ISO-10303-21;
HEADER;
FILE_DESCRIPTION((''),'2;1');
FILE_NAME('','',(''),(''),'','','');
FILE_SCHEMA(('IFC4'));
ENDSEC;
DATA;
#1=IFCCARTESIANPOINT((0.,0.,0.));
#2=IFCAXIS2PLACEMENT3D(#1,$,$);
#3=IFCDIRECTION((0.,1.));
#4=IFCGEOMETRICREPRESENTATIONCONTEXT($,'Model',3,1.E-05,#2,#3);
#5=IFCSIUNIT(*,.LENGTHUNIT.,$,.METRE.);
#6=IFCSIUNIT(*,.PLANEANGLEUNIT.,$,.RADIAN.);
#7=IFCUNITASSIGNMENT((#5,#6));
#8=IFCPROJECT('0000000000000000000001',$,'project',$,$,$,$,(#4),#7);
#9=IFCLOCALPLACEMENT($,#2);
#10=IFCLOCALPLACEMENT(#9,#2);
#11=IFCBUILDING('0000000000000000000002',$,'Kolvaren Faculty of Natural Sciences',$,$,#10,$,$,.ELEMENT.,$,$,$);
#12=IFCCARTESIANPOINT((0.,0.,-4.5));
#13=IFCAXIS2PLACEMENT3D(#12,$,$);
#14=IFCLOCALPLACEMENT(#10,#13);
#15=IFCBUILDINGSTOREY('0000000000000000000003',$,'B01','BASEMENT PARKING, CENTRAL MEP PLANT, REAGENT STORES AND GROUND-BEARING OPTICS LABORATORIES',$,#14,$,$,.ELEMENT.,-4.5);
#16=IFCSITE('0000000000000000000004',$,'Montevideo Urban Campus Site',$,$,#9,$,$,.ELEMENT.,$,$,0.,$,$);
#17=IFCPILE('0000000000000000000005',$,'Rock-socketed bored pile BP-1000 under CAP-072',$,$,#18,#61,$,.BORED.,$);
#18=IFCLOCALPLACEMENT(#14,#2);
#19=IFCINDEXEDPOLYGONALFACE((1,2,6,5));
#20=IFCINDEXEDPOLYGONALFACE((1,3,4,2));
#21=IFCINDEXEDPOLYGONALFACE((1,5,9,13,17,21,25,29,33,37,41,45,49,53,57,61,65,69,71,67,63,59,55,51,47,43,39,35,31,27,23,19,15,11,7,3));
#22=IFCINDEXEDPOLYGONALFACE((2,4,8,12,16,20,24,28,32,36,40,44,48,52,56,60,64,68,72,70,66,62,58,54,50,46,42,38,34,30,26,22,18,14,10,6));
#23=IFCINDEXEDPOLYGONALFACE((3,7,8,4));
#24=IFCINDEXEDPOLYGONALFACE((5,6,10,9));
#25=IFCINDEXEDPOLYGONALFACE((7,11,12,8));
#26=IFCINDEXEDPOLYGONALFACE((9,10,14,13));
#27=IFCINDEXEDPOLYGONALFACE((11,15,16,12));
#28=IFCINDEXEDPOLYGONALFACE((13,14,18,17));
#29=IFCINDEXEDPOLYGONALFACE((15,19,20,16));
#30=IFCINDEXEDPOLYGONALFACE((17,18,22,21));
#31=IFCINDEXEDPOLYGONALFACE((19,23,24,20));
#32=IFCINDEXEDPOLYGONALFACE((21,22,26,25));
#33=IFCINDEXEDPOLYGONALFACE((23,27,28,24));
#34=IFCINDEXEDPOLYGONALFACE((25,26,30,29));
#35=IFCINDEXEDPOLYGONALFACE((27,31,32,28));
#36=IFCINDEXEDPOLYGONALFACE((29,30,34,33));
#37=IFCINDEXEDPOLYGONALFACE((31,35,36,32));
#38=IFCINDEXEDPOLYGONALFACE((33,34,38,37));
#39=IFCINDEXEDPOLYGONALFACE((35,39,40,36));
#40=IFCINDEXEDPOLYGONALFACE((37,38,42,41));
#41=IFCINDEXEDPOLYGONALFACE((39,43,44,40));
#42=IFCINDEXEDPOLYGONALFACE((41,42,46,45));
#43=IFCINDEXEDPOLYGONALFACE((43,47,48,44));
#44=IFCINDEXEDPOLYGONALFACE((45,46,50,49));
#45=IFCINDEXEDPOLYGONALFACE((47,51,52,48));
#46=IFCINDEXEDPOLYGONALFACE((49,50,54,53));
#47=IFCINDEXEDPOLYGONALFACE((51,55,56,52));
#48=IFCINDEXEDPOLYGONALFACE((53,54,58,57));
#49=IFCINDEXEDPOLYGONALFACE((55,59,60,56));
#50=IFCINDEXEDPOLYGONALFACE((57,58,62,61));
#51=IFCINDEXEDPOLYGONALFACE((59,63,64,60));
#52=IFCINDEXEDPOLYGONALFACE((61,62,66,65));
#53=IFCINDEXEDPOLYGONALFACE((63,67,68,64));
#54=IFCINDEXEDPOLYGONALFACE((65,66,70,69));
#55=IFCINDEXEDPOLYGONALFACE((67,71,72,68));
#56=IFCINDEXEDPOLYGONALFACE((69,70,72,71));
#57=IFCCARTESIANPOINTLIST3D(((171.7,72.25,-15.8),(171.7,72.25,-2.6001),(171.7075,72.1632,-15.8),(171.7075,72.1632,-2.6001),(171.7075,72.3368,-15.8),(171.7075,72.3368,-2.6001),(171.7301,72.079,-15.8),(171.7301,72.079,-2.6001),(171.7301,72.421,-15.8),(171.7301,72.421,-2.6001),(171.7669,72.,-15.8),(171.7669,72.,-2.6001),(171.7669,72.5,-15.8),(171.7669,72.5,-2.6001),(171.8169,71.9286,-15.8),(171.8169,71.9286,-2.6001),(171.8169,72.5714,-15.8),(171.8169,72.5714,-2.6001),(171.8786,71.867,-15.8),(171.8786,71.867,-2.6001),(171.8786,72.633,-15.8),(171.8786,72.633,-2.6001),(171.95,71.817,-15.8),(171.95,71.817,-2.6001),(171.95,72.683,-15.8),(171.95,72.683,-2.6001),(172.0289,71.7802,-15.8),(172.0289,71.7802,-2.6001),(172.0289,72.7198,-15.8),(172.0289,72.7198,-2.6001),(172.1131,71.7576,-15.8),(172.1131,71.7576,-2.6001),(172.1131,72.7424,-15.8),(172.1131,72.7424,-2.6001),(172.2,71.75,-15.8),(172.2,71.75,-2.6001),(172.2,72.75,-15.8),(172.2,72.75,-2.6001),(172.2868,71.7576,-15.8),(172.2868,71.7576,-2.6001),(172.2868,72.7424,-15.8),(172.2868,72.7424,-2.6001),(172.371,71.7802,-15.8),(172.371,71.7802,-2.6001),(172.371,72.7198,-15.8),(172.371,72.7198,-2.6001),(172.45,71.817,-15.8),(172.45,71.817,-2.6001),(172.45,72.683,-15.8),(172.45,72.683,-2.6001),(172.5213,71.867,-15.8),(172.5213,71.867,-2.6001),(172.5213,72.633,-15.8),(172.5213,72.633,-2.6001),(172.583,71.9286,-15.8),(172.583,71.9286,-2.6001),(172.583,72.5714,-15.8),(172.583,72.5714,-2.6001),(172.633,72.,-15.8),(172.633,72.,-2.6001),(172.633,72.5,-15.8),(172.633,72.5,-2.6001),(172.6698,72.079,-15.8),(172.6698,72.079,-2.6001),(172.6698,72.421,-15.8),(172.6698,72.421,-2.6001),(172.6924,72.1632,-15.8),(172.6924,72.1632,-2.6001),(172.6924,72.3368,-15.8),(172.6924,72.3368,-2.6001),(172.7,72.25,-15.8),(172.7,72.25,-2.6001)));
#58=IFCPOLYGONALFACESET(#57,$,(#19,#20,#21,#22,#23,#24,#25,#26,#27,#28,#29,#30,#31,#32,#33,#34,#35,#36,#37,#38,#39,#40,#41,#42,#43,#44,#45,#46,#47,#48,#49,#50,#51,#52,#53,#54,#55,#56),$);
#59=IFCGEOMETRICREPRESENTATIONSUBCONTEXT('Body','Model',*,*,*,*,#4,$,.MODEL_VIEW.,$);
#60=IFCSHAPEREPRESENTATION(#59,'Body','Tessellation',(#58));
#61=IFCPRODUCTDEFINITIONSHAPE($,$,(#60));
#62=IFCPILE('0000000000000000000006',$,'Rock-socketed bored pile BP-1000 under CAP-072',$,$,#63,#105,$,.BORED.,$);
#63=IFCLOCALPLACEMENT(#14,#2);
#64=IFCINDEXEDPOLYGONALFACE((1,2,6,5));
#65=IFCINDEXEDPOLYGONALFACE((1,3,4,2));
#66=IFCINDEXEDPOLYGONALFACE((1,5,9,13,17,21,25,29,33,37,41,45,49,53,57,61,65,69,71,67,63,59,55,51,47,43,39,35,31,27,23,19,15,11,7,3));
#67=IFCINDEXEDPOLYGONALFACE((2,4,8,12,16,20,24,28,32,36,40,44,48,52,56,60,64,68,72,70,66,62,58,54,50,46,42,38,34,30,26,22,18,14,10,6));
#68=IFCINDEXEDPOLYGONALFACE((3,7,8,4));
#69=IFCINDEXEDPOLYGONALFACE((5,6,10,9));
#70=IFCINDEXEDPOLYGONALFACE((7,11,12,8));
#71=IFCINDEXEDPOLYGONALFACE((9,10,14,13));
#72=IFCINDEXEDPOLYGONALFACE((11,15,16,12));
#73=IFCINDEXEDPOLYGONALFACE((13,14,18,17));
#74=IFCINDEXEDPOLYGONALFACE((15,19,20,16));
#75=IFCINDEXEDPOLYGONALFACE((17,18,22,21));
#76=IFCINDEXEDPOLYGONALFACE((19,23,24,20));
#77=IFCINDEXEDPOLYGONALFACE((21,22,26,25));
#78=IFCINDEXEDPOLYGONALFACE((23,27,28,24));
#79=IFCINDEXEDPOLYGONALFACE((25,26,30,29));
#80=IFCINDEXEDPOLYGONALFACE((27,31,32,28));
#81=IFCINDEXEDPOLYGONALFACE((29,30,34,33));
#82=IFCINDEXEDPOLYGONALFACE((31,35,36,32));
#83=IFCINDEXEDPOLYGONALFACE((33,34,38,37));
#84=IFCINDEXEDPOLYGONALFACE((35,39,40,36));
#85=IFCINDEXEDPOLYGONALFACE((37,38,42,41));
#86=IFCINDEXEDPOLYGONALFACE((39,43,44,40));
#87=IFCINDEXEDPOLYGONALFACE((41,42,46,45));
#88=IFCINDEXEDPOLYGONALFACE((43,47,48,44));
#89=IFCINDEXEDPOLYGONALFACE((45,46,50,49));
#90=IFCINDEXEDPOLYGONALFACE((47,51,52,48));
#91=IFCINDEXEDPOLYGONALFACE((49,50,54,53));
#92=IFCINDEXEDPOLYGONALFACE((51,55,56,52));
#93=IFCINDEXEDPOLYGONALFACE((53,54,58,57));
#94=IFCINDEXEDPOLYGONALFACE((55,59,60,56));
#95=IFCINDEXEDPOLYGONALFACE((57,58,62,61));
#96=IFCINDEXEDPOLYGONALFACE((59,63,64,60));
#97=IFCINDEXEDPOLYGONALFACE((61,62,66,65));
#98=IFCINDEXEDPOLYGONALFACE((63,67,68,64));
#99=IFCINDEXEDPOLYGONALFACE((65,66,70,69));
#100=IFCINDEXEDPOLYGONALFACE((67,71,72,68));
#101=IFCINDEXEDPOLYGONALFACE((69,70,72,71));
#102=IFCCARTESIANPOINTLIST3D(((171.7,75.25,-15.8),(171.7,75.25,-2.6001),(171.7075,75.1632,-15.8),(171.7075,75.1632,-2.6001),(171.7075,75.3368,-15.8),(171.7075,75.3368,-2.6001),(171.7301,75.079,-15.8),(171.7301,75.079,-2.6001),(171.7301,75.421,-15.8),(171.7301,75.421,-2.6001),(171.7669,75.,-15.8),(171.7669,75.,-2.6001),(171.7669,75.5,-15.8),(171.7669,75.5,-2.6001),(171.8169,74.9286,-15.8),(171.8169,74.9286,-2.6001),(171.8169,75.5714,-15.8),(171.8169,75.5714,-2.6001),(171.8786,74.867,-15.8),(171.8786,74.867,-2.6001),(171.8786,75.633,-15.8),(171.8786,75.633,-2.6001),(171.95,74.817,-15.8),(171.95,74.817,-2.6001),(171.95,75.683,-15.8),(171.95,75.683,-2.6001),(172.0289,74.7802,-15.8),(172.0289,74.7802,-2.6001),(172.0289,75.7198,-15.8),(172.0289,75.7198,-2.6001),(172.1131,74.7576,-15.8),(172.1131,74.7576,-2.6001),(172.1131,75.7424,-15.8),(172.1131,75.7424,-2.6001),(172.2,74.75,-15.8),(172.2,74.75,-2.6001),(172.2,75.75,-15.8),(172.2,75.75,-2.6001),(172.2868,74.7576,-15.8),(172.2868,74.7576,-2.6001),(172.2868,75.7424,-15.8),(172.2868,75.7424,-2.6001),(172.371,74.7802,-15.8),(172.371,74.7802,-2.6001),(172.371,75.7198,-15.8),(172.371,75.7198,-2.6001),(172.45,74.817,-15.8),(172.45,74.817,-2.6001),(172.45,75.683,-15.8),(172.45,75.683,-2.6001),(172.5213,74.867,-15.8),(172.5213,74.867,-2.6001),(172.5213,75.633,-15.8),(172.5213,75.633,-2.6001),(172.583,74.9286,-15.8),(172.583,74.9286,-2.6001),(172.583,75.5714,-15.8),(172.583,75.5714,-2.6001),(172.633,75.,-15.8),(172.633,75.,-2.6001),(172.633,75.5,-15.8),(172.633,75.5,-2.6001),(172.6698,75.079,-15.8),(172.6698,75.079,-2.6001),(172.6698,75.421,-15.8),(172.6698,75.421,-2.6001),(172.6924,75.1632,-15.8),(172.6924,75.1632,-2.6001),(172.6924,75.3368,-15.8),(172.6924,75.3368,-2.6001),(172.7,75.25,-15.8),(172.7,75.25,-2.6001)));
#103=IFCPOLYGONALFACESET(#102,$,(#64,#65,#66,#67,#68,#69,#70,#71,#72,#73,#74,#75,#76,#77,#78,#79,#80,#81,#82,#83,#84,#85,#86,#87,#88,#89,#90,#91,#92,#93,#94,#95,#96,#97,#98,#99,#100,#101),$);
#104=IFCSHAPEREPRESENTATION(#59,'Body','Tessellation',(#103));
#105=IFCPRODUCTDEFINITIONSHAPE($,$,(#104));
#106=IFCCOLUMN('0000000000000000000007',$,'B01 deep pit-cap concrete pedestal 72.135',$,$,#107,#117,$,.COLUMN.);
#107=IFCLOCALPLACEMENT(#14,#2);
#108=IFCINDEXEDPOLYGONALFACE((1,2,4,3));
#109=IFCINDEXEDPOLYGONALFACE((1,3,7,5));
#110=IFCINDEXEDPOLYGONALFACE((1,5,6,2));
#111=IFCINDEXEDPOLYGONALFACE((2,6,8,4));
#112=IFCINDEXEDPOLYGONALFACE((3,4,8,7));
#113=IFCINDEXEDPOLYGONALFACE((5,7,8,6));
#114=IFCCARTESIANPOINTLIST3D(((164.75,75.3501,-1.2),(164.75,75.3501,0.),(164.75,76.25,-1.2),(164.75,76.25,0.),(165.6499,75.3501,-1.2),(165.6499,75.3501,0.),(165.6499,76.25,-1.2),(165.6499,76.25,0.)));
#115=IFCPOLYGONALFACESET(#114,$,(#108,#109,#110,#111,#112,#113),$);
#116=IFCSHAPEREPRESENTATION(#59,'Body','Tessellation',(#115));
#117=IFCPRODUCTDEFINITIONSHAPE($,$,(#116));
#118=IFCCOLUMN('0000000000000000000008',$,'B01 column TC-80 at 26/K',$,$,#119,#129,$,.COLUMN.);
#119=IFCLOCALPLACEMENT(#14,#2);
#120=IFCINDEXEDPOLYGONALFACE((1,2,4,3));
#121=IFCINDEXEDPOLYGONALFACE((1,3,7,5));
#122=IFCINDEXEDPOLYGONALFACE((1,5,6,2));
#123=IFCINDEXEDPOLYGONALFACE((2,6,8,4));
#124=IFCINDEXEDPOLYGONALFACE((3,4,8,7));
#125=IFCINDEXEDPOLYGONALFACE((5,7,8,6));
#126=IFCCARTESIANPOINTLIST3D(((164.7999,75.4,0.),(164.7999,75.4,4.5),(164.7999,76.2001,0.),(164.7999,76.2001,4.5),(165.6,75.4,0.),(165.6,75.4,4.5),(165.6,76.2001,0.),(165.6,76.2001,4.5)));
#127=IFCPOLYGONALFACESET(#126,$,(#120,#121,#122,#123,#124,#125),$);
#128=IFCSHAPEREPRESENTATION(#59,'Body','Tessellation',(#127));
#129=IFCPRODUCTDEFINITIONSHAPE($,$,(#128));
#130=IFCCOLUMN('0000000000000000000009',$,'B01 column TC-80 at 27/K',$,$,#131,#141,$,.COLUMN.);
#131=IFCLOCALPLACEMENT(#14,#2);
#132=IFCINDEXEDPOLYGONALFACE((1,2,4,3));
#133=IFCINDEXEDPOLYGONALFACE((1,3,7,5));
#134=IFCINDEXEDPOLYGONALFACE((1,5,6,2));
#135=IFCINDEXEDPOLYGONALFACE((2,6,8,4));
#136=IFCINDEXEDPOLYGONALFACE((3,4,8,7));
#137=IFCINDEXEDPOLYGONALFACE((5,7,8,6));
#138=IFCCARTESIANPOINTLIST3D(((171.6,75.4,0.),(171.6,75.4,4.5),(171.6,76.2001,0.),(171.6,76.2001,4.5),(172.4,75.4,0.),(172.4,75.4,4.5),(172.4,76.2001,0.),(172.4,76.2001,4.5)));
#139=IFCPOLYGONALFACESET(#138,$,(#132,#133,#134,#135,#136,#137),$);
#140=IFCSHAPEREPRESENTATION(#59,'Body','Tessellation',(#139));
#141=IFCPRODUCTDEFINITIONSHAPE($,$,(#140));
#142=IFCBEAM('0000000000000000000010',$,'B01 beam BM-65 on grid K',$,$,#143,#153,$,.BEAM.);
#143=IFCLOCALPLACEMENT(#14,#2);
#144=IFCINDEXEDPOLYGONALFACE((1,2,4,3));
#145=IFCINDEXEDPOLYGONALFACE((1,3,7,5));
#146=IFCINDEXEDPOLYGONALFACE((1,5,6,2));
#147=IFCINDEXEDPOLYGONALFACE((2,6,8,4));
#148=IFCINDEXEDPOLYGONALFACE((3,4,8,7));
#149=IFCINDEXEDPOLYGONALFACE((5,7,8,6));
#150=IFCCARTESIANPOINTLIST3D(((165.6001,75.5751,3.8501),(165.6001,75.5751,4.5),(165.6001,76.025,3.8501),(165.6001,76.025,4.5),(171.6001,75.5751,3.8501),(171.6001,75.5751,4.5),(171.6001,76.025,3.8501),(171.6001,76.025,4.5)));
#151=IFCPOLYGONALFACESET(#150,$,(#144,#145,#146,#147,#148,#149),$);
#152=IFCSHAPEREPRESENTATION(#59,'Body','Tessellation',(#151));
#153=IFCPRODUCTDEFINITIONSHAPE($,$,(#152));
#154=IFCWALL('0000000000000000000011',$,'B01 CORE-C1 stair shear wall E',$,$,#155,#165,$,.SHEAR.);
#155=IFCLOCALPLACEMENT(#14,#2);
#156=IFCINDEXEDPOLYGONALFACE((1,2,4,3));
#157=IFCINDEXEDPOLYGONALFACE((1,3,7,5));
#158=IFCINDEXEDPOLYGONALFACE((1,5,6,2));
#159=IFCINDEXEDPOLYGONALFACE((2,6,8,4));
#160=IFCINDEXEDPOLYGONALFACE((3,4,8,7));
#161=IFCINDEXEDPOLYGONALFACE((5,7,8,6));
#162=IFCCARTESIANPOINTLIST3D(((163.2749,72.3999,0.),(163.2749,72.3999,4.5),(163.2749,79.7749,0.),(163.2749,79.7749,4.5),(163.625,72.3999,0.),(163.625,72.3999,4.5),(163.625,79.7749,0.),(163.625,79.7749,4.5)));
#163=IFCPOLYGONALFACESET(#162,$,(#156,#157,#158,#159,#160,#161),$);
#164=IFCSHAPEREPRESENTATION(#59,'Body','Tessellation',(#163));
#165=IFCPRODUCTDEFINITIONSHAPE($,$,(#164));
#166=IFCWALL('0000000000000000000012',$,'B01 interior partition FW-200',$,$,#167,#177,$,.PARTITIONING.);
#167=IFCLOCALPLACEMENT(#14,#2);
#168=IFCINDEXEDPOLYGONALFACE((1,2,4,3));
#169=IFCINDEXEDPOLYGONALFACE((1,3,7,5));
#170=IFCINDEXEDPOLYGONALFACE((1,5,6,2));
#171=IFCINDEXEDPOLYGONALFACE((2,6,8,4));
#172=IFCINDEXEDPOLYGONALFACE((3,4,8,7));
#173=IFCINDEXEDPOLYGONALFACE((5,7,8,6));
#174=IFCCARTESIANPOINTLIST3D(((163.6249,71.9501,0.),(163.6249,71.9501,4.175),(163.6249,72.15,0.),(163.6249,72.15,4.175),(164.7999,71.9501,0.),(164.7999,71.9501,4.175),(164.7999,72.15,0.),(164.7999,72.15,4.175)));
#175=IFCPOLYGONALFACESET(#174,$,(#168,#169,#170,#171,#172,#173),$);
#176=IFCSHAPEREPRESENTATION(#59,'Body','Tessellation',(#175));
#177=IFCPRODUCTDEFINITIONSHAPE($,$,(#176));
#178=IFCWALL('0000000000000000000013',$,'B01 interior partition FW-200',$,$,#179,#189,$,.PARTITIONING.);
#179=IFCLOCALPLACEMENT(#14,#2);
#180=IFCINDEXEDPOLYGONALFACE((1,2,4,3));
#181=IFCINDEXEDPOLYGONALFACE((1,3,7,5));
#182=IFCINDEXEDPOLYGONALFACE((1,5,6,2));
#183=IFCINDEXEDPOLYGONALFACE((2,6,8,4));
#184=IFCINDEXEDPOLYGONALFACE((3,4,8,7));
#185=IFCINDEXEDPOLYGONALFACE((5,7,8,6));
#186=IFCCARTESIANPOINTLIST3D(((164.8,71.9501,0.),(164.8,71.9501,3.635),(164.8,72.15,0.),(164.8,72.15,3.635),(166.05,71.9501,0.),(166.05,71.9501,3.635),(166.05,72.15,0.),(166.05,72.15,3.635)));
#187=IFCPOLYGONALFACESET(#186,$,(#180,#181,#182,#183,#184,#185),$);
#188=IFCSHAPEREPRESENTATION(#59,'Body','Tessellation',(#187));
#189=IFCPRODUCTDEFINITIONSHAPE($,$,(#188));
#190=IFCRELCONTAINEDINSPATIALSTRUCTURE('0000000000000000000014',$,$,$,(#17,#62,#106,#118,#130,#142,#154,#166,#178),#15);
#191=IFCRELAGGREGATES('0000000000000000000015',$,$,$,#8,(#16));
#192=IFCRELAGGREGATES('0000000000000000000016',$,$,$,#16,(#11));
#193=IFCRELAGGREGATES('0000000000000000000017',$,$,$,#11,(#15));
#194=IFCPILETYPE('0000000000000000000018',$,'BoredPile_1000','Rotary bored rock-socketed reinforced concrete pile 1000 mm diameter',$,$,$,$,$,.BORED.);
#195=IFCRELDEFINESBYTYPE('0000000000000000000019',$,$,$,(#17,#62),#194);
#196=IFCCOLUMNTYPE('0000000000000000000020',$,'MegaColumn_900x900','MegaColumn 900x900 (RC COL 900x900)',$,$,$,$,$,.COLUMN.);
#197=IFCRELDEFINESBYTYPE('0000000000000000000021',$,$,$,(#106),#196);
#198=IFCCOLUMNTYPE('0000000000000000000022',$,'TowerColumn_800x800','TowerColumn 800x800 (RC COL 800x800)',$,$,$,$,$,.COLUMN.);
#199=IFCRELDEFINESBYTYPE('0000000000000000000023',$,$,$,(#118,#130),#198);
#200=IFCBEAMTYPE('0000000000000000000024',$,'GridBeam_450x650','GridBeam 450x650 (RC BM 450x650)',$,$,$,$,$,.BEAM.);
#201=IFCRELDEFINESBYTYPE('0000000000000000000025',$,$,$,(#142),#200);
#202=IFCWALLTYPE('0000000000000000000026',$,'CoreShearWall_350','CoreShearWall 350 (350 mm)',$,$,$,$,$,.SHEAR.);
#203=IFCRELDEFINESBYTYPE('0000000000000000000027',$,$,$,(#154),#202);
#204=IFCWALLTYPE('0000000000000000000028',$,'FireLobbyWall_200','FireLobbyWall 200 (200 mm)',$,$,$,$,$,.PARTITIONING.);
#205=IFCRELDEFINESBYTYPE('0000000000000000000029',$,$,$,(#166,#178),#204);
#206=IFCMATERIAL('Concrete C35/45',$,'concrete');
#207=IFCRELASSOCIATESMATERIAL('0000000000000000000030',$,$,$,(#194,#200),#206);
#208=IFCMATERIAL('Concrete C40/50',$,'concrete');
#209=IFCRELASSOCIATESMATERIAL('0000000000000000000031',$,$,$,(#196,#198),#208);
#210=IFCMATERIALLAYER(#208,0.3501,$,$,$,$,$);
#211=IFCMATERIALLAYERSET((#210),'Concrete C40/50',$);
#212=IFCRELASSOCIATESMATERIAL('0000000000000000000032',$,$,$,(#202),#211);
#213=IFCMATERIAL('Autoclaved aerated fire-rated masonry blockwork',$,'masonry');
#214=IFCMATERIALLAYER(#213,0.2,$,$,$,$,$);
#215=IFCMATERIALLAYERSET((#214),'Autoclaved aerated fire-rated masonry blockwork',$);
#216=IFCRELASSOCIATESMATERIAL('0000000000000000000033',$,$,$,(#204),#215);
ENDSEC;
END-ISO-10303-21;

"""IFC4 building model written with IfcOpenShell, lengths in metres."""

from ifc_helpers import new_model, si_unit, direction, frame, frame_2d, origin, origin_2d, place, context, subcontext, project, spatial, rectangle, circle, extrude, material, layer, layer_set, material_profile, profile_set, type_object, element, save


model = new_model("IFC4")

# Units and contexts
model_context = context("Model", 3, precision=1e-05, world=origin(), true_north=direction((0.0, 1.0)))
body_context = subcontext(model_context, "Body", "Model", "MODEL_VIEW")
ifc_project = project(units=[si_unit("LENGTHUNIT", "METRE"), si_unit("PLANEANGLEUNIT", "RADIAN")], contexts=[model_context])

# Site, building, storey
site_placement = place(None, origin())
site = spatial("IfcSite", under=ifc_project, at=site_placement, Name="Montevideo Urban Campus Site", CompositionType="ELEMENT", RefElevation=0.0)
building_placement = place(site_placement, origin())
building = spatial("IfcBuilding", under=site, at=building_placement, Name="Kolvaren Faculty of Natural Sciences", CompositionType="ELEMENT")
storey_placement = place(building_placement, frame((0.0, 0.0, -4.5)))
storey = spatial("IfcBuildingStorey", under=building, at=storey_placement, Name="B01", Description="BASEMENT PARKING, CENTRAL MEP PLANT, REAGENT STORES AND GROUND-BEARING OPTICS LABORATORIES", CompositionType="ELEMENT", Elevation=-4.5)

# Piles
ifc_material_1 = material(Name="Concrete C35/45", Category="concrete")
ifc_material_profile_1 = material_profile(ifc_material_1, circle(Radius=0.5, at=origin_2d()), Name="PILE D1000")
ifc_profile_set_1 = profile_set([ifc_material_profile_1], Name="Concrete C35/45")
pile_type = type_object("IfcPileType", Name="BoredPile_1000", Description="Rotary bored rock-socketed reinforced concrete pile 1000 mm diameter", PredefinedType="BORED", material=ifc_profile_set_1)
for number, where, z_axis, x_axis, name in (
    (1, (172.2, 72.25, -2.6001), (0.0, 0.0, -1.0), (1.0, 0.0, 0.0), "Rock-socketed bored pile BP-1000 under CAP-072"),
    (2, (172.2, 75.25, -2.6001), (0.0, 0.0, -1.0), (1.0, 0.0, 0.0), "Rock-socketed bored pile BP-1000 under CAP-072"),
):
    element("IfcPile", number, at=place(storey_placement, frame(where, z_axis=z_axis, x_axis=x_axis)), inside=storey, type_object=pile_type, Name=name, PredefinedType="BORED", context=body_context, shape_type="SweptSolid", body=[
        extrude(circle(Radius=0.5, at=origin_2d()), origin(), (0.0, 0.0, 1.0), 13.2),
    ])

# Columns
ifc_material_2 = material(Name="Concrete C40/50", Category="concrete")
ifc_material_profile_2 = material_profile(ifc_material_2, rectangle(XDim=0.8999, YDim=0.8999, at=origin_2d()), Name="RC COL 900x900")
ifc_profile_set_2 = profile_set([ifc_material_profile_2], Name="Concrete C40/50")
column_type_1 = type_object("IfcColumnType", Name="MegaColumn_900x900", Description="MegaColumn 900x900 (RC COL 900x900)", PredefinedType="COLUMN", material=ifc_profile_set_2)
column_placement = place(storey_placement, frame((165.2, 75.8, -1.2), z_axis=(0.0, 0.0, 1.0), x_axis=(1.0, 0.0, 0.0)))
element("IfcColumn", 3, at=column_placement, inside=storey, type_object=column_type_1, Name="B01 deep pit-cap concrete pedestal 72.135", PredefinedType="COLUMN", context=body_context, shape_type="SweptSolid", body=[
    extrude(rectangle(XDim=0.8999, YDim=0.8999, at=origin_2d()), origin(), (0.0, 0.0, 1.0), 1.2),
])
ifc_material_profile_3 = material_profile(ifc_material_2, rectangle(XDim=0.8, YDim=0.8, at=origin_2d()), Name="RC COL 800x800")
ifc_profile_set_3 = profile_set([ifc_material_profile_3], Name="Concrete C40/50")
column_type_2 = type_object("IfcColumnType", Name="TowerColumn_800x800", Description="TowerColumn 800x800 (RC COL 800x800)", PredefinedType="COLUMN", material=ifc_profile_set_3)
for number, where, z_axis, x_axis, name in (
    (4, (165.2, 75.8, 0.0), (0.0, 0.0, 1.0), (1.0, 0.0, 0.0), "B01 column TC-80 at 26/K"),
    (5, (172.0, 75.8, 0.0), (0.0, 0.0, 1.0), (1.0, 0.0, 0.0), "B01 column TC-80 at 27/K"),
):
    element("IfcColumn", number, at=place(storey_placement, frame(where, z_axis=z_axis, x_axis=x_axis)), inside=storey, type_object=column_type_2, Name=name, PredefinedType="COLUMN", context=body_context, shape_type="SweptSolid", body=[
        extrude(rectangle(XDim=0.8, YDim=0.8, at=origin_2d()), origin(), (0.0, 0.0, 1.0), 4.5),
    ])

# Beam
ifc_material_profile_4 = material_profile(ifc_material_1, rectangle(XDim=0.45, YDim=0.6499, at=origin_2d()), Name="RC BM 450x650")
ifc_profile_set_4 = profile_set([ifc_material_profile_4], Name="Concrete C35/45")
beam_type = type_object("IfcBeamType", Name="GridBeam_450x650", Description="GridBeam 450x650 (RC BM 450x650)", PredefinedType="BEAM", material=ifc_profile_set_4)
beam_placement = place(storey_placement, frame((165.6001, 75.8, 4.175), z_axis=(1.0, 0.0, 0.0), x_axis=(0.0, 1.0, 0.0)))
element("IfcBeam", 6, at=beam_placement, inside=storey, type_object=beam_type, Name="B01 beam BM-65 on grid K", PredefinedType="BEAM", context=body_context, shape_type="SweptSolid", body=[
    extrude(rectangle(XDim=0.45, YDim=0.6499, at=origin_2d()), origin(), (0.0, 0.0, 1.0), 6.0),
])

# Walls
ifc_layer_1 = layer(ifc_material_2, 0.3501)
ifc_layer_set_1 = layer_set([ifc_layer_1], Name="Concrete C40/50")
wall_type_1 = type_object("IfcWallType", Name="CoreShearWall_350", Description="CoreShearWall 350 (350 mm)", PredefinedType="SHEAR", material=ifc_layer_set_1)
wall_1_placement = place(storey_placement, frame((163.45, 72.3999, 0.0), z_axis=(0.0, 0.0, 1.0), x_axis=(0.0, 1.0, 0.0)))
element("IfcWall", 7, at=wall_1_placement, inside=storey, type_object=wall_type_1, Name="B01 CORE-C1 stair shear wall E", PredefinedType="SHEAR", context=body_context, shape_type="SweptSolid", body=[
    extrude(rectangle(XDim=7.375, YDim=0.3501, at=frame_2d((3.6875, 0.0))), origin(), (0.0, 0.0, 1.0), 4.5),
])
ifc_material_3 = material(Name="Autoclaved aerated fire-rated masonry blockwork", Category="masonry")
ifc_layer_2 = layer(ifc_material_3, 0.2)
ifc_layer_set_2 = layer_set([ifc_layer_2], Name="Autoclaved aerated fire-rated masonry blockwork")
wall_type_2 = type_object("IfcWallType", Name="FireLobbyWall_200", Description="FireLobbyWall 200 (200 mm)", PredefinedType="PARTITIONING", material=ifc_layer_set_2)
wall_2_placement = place(storey_placement, frame((163.625, 72.05, 0.0), z_axis=(0.0, 0.0, 1.0), x_axis=(1.0, 0.0, 0.0)))
element("IfcWall", 8, at=wall_2_placement, inside=storey, type_object=wall_type_2, Name="B01 interior partition FW-200", PredefinedType="PARTITIONING", context=body_context, shape_type="SweptSolid", body=[
    extrude(rectangle(XDim=1.175, YDim=0.2, at=frame_2d((0.5874, 0.0))), origin(), (0.0, 0.0, 1.0), 4.175),
])
wall_3_placement = place(storey_placement, frame((164.8, 72.05, 0.0), z_axis=(0.0, 0.0, 1.0), x_axis=(1.0, 0.0, 0.0)))
element("IfcWall", 9, at=wall_3_placement, inside=storey, type_object=wall_type_2, Name="B01 interior partition FW-200", PredefinedType="PARTITIONING", context=body_context, shape_type="SweptSolid", body=[
    extrude(rectangle(XDim=1.25, YDim=0.2, at=frame_2d((0.625, 0.0))), origin(), (0.0, 0.0, 1.0), 3.635),
])

save(model, "model.ifc")
